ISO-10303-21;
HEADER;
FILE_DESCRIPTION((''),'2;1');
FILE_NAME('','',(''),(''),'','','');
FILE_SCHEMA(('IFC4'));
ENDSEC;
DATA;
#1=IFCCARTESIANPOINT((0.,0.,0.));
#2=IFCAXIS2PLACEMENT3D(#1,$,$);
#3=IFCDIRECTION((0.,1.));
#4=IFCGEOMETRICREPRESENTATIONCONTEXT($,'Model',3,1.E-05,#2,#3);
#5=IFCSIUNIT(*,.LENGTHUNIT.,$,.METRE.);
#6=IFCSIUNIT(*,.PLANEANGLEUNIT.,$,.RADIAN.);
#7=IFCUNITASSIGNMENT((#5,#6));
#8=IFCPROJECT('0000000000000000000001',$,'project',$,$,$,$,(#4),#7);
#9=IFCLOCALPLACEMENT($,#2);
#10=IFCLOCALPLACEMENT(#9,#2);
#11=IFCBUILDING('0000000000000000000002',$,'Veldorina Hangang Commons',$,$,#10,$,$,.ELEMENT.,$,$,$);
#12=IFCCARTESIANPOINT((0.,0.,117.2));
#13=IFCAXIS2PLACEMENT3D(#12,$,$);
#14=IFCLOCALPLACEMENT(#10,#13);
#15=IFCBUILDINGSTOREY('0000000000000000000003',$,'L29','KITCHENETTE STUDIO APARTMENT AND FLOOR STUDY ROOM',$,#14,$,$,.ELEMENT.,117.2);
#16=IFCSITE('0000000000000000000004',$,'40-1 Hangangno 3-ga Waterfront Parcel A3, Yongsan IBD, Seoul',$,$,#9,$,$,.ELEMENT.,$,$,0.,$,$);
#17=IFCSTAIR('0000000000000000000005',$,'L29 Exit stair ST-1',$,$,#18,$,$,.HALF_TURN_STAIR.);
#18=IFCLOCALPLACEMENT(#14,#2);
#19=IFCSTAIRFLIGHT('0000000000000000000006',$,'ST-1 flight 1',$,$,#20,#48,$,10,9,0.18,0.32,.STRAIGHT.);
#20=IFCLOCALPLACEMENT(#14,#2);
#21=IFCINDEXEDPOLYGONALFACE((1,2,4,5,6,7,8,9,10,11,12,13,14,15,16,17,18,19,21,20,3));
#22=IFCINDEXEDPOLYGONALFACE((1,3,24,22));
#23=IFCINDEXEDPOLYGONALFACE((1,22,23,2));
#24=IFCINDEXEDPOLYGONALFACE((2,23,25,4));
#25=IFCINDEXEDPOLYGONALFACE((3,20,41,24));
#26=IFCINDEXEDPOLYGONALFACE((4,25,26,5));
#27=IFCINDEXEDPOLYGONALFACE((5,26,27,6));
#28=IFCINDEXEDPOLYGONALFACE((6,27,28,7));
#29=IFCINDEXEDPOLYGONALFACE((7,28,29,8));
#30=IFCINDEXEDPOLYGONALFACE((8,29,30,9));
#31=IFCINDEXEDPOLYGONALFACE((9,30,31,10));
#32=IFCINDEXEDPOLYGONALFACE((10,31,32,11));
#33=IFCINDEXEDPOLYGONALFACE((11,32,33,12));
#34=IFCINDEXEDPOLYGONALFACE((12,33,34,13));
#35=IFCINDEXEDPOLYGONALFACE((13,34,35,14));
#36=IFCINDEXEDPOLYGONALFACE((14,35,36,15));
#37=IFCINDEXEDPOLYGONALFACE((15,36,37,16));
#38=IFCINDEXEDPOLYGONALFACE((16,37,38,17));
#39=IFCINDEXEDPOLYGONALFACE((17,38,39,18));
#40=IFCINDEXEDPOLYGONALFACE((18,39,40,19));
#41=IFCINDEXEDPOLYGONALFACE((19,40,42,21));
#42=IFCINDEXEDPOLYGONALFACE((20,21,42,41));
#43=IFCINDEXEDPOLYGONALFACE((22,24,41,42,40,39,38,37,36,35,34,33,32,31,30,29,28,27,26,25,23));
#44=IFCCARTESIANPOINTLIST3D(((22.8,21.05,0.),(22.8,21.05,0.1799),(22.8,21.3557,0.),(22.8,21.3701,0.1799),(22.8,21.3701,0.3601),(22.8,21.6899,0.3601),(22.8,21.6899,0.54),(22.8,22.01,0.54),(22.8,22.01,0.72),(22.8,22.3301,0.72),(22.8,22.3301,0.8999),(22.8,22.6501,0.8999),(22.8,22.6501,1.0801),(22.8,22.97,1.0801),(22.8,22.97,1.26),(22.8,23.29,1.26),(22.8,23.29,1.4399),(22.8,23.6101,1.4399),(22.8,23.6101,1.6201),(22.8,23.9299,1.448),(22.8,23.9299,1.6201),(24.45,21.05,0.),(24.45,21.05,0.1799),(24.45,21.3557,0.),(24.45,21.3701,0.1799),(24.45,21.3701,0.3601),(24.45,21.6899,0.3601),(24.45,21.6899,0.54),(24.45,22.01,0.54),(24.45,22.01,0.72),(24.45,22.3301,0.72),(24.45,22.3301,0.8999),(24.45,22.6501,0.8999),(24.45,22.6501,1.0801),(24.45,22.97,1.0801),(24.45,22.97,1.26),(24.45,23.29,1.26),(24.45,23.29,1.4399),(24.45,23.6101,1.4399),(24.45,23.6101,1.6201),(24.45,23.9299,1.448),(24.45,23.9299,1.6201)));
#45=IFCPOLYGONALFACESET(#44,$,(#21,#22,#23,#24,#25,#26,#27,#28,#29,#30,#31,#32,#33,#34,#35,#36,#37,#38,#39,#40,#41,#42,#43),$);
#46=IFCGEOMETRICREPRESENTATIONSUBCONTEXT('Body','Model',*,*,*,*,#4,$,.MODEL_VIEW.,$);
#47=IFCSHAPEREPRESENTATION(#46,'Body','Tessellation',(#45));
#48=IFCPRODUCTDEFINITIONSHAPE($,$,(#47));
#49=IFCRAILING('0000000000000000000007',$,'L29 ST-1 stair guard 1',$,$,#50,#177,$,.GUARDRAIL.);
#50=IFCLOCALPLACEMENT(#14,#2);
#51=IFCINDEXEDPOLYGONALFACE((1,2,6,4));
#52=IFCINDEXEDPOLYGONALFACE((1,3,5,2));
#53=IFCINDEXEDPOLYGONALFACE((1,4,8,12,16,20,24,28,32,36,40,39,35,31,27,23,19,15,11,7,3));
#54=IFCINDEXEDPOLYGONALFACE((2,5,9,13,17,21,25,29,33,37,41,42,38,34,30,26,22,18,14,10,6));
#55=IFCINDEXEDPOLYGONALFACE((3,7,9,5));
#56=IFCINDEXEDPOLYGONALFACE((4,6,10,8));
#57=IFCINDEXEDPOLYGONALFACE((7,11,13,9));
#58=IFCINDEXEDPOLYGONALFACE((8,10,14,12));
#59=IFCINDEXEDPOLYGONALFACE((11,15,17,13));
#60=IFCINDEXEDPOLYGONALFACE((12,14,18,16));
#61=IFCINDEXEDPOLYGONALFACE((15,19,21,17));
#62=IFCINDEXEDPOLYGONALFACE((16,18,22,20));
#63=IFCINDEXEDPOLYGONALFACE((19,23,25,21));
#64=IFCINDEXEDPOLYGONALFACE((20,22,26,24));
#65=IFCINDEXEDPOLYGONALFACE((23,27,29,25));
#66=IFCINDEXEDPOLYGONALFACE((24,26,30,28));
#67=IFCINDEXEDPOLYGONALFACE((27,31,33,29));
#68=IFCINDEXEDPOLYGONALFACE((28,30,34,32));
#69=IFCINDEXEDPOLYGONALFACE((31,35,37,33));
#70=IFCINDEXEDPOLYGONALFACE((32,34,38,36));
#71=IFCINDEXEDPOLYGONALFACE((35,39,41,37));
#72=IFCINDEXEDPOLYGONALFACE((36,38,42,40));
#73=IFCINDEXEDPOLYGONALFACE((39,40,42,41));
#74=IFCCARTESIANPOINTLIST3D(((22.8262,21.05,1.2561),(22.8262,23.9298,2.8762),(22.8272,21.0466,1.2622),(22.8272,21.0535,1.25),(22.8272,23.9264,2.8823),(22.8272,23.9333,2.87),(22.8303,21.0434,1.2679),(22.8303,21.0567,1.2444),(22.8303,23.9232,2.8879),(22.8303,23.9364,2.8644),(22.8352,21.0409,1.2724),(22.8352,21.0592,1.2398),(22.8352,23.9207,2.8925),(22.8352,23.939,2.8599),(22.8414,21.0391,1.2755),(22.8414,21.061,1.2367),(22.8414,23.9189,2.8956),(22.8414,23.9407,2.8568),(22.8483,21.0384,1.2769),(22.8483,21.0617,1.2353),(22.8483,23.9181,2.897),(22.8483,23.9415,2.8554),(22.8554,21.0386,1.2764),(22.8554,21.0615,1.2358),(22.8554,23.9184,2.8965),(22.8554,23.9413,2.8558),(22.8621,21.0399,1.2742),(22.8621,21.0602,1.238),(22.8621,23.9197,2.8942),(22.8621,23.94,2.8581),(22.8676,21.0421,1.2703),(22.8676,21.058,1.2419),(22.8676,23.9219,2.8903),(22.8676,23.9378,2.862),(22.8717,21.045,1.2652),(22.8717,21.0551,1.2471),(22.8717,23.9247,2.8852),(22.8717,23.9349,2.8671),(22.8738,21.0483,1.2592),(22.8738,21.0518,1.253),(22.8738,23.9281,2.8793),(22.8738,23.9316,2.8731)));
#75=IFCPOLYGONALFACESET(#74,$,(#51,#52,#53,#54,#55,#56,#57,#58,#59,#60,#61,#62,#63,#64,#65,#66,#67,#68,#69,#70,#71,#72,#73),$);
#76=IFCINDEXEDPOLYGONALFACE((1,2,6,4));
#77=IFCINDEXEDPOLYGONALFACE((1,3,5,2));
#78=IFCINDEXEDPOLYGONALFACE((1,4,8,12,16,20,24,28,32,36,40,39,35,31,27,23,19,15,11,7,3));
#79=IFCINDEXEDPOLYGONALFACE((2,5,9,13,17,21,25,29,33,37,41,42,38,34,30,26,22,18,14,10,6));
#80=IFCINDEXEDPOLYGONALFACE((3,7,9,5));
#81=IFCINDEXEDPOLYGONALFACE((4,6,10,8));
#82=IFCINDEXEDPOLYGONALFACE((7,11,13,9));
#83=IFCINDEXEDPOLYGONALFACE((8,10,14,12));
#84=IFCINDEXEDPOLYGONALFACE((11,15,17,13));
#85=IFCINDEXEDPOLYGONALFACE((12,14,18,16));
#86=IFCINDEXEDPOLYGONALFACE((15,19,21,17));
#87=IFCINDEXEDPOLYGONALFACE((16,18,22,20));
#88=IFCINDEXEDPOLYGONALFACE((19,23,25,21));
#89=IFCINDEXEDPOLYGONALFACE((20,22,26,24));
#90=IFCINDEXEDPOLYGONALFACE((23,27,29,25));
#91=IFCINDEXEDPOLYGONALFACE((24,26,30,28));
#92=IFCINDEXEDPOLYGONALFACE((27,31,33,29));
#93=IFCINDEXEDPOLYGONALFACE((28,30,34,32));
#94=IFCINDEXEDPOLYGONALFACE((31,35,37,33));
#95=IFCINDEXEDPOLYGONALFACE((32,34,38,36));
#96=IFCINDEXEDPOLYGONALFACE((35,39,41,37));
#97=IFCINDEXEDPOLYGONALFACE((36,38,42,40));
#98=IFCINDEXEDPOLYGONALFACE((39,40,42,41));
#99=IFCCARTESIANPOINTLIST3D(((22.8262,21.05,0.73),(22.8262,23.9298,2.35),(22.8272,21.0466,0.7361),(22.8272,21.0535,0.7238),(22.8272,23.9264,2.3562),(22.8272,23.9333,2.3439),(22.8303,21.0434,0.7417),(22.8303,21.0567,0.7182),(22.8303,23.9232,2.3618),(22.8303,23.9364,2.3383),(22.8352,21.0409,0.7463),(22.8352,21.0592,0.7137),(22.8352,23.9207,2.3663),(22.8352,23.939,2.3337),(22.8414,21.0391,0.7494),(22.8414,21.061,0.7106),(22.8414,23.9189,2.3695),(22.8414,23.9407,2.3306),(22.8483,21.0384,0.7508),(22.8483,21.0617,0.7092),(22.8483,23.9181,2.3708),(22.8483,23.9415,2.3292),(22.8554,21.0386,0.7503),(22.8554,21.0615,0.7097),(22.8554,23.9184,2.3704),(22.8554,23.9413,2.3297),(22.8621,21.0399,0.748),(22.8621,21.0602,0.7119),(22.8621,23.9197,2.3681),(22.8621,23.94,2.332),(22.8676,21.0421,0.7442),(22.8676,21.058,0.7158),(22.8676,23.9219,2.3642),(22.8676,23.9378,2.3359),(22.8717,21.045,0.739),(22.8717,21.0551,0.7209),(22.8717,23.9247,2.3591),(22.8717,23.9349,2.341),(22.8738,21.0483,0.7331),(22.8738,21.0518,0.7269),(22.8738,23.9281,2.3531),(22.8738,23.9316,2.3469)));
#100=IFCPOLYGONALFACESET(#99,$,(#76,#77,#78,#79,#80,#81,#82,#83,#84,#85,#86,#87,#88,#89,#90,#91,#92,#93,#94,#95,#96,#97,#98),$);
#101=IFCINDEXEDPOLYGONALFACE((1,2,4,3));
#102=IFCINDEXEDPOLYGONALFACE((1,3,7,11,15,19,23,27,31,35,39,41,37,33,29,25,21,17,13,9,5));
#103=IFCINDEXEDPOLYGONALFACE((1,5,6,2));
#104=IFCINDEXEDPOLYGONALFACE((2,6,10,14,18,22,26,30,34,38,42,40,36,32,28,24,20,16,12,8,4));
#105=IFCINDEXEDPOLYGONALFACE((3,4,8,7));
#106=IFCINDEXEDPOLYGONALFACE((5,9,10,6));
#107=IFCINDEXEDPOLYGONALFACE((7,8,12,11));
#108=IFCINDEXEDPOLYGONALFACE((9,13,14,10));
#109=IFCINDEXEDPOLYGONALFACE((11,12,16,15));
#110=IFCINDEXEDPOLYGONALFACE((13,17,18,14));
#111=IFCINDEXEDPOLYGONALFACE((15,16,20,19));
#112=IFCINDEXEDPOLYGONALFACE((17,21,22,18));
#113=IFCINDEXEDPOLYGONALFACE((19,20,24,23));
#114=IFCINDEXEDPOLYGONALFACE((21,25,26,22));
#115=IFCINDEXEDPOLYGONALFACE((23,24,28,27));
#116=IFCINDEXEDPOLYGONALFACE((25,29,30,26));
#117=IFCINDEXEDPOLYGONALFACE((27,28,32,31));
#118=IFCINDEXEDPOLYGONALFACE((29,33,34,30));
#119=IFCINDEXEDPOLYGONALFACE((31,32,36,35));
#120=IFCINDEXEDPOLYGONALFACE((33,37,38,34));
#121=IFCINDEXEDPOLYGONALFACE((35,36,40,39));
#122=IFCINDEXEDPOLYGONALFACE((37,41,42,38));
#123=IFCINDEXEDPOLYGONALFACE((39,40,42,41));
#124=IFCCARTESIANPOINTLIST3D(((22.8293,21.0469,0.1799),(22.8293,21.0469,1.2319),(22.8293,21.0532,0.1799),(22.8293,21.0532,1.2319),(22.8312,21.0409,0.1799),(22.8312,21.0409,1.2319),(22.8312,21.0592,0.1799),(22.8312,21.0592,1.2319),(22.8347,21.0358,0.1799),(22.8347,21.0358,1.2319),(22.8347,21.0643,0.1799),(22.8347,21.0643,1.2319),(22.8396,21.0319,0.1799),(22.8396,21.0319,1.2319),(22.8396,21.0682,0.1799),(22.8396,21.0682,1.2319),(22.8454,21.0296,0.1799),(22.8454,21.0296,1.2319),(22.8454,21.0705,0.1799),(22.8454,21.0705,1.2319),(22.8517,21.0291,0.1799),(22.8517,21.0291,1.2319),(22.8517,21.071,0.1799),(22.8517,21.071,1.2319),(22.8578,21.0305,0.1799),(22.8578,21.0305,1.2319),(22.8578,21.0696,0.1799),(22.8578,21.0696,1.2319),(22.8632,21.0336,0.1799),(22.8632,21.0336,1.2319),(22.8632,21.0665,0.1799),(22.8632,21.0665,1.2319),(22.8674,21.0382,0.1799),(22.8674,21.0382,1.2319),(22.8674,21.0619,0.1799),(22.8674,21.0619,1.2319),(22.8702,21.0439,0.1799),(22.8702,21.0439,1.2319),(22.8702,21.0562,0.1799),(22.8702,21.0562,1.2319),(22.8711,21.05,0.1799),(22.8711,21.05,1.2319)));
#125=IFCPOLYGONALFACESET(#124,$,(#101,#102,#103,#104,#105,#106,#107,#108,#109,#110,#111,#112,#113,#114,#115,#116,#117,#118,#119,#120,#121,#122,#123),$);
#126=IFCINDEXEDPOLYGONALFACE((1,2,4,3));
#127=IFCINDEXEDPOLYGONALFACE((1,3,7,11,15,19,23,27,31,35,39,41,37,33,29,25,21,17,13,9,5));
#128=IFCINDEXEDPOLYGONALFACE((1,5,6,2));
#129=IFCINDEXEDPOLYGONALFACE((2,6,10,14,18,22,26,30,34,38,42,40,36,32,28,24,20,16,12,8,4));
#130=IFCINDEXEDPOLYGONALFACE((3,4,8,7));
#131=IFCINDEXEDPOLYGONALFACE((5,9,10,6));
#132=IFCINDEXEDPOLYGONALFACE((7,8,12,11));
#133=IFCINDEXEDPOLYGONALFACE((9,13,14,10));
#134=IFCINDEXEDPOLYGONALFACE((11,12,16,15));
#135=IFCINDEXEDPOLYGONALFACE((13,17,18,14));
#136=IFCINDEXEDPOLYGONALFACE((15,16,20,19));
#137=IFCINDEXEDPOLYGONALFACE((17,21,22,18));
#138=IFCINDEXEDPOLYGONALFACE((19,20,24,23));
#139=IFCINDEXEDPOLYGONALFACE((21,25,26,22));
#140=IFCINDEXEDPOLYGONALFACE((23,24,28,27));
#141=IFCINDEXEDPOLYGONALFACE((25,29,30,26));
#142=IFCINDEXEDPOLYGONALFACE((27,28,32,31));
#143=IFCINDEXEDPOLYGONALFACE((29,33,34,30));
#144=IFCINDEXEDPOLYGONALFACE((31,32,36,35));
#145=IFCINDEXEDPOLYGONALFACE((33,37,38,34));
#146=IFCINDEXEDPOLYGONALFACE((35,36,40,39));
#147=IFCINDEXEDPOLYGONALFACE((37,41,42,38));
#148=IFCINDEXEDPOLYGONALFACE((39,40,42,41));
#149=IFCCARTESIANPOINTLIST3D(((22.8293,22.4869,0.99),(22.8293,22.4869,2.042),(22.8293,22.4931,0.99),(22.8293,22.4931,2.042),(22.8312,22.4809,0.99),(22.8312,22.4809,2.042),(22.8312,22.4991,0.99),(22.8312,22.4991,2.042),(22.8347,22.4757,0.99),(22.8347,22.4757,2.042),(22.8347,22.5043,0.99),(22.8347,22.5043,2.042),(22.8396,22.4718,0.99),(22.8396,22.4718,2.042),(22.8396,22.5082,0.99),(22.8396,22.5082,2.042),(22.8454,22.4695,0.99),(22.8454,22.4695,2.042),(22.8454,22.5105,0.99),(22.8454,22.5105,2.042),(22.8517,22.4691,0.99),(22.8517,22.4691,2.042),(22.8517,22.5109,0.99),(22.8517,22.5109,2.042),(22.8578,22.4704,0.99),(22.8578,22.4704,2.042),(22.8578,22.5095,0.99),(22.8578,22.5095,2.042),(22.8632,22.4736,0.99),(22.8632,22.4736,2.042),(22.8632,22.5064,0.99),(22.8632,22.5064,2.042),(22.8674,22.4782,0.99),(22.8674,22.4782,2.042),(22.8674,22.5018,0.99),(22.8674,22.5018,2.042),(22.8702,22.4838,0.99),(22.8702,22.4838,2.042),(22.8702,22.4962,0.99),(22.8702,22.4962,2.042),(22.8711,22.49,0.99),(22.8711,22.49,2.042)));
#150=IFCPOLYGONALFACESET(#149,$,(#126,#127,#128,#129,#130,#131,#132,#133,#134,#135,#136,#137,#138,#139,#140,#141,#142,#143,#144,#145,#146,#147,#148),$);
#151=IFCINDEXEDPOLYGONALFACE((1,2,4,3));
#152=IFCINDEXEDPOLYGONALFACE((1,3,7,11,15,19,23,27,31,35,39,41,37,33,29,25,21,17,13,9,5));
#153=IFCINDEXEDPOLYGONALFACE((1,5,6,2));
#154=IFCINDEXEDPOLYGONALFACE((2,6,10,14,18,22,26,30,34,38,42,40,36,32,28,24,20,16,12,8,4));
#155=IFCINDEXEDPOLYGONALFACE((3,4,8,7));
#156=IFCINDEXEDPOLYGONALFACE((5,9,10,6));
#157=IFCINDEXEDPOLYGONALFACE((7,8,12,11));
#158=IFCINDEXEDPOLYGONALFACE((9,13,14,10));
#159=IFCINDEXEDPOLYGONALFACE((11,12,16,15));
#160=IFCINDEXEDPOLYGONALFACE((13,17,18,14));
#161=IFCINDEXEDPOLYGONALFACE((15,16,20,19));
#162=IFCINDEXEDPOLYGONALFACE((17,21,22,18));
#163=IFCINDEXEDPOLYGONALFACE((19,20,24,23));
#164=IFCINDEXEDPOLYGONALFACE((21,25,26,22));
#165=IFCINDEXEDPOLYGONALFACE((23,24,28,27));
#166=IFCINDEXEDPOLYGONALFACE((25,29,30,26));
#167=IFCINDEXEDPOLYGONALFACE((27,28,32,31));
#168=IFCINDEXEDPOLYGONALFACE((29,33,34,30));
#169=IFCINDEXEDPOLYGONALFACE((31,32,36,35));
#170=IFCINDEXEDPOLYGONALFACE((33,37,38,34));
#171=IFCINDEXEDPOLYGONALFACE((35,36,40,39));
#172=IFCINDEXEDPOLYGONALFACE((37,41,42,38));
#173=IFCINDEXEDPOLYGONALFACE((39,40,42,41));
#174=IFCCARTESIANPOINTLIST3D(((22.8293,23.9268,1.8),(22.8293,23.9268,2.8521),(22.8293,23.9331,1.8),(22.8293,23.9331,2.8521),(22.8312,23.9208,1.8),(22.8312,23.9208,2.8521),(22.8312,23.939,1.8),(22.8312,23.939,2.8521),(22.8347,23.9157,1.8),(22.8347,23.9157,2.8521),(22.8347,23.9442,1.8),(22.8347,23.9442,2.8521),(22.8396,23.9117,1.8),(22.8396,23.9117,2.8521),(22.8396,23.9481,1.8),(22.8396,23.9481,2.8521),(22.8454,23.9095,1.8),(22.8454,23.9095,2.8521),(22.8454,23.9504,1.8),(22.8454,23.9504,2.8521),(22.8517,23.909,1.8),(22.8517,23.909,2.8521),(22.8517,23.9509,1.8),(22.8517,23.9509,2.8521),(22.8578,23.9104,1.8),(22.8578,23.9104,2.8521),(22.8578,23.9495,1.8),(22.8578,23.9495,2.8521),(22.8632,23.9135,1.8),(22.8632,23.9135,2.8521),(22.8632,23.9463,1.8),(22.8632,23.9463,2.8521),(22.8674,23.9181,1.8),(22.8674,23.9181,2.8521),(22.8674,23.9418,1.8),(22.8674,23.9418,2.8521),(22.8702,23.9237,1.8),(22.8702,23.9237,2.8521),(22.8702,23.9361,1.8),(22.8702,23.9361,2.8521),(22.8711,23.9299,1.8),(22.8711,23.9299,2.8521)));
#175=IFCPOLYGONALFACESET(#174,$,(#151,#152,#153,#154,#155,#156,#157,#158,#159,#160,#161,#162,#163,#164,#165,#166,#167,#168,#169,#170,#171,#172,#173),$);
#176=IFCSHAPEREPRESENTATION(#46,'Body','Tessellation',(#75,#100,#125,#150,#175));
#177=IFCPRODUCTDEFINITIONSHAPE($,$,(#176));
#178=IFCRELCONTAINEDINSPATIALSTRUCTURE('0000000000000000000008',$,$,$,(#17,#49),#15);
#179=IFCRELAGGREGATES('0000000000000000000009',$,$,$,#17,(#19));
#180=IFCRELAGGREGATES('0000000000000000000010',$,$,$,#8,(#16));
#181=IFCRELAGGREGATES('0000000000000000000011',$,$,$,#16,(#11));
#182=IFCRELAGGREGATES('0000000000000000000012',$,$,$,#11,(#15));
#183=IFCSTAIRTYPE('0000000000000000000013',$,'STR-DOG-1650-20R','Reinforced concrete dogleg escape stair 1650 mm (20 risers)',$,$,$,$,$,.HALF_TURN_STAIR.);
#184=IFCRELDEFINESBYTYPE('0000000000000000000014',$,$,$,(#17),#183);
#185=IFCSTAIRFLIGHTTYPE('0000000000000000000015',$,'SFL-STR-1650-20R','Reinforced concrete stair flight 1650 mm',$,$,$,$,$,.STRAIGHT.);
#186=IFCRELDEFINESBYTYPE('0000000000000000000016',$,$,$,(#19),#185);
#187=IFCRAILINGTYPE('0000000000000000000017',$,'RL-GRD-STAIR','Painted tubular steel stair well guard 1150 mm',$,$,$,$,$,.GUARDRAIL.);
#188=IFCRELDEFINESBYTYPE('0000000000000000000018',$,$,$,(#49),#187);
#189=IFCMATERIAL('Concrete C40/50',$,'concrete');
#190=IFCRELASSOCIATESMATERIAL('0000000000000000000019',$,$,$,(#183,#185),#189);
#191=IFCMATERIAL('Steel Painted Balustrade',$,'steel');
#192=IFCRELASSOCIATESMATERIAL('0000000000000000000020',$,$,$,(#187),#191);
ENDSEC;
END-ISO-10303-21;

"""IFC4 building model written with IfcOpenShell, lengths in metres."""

from ifc_helpers import new_model, si_unit, direction, frame, origin, origin_2d, place, context, subcontext, project, spatial, polyline, circle, outline, extrude, material, type_object, element, aggregate, save


model = new_model("IFC4")

# Units and contexts
model_context = context("Model", 3, precision=1e-05, world=origin(), true_north=direction((0.0, 1.0)))
body_context = subcontext(model_context, "Body", "Model", "MODEL_VIEW")
ifc_project = project(units=[si_unit("LENGTHUNIT", "METRE"), si_unit("PLANEANGLEUNIT", "RADIAN")], contexts=[model_context])

# Site, building, storey
site_placement = place(None, origin())
site = spatial("IfcSite", under=ifc_project, at=site_placement, Name="40-1 Hangangno 3-ga Waterfront Parcel A3, Yongsan IBD, Seoul", CompositionType="ELEMENT", RefElevation=0.0)
building_placement = place(site_placement, origin())
building = spatial("IfcBuilding", under=site, at=building_placement, Name="Veldorina Hangang Commons", CompositionType="ELEMENT")
storey_placement = place(building_placement, frame((0.0, 0.0, 117.2)))
storey = spatial("IfcBuildingStorey", under=building, at=storey_placement, Name="L29", Description="KITCHENETTE STUDIO APARTMENT AND FLOOR STUDY ROOM", CompositionType="ELEMENT", Elevation=117.2)

# Stair, stair flight
ifc_material_1 = material(Name="Concrete C40/50", Category="concrete")
stair_type = type_object("IfcStairType", Name="STR-DOG-1650-20R", Description="Reinforced concrete dogleg escape stair 1650 mm (20 risers)", PredefinedType="HALF_TURN_STAIR", material=ifc_material_1)
stair_placement = place(storey_placement, origin())
stair = element("IfcStair", 1, at=stair_placement, inside=storey, type_object=stair_type, Name="L29 Exit stair ST-1", PredefinedType="HALF_TURN_STAIR")
stair_flight_type = type_object("IfcStairFlightType", Name="SFL-STR-1650-20R", Description="Reinforced concrete stair flight 1650 mm", PredefinedType="STRAIGHT", material=ifc_material_1)
stair_flight_placement = place(storey_placement, frame((23.625, 21.05, 0.0), z_axis=(0.0, 0.0, 1.0), x_axis=(0.0, 1.0, 0.0)))
stair_flight = element("IfcStairFlight", 2, at=stair_flight_placement, type_object=stair_flight_type, Name="ST-1 flight 1", NumberOfRisers=10, NumberOfTreads=9, PredefinedType="STRAIGHT", RiserHeight=0.18, TreadLength=0.32, context=body_context, shape_type="SweptSolid", body=[
    extrude(outline(polyline([(0.0, 0.0), (0.0, 0.1799), (0.3201, 0.1799), (0.3201, 0.3601), (0.6399, 0.3601), (0.6399, 0.54), (0.96, 0.54), (0.96, 0.72), (1.28, 0.72), (1.28, 0.8999), (1.6001, 0.8999), (1.6001, 1.0801), (1.9199, 1.0801), (1.9199, 1.26), (2.24, 1.26), (2.24, 1.4399), (2.5601, 1.4399), (2.5601, 1.6201), (2.8799, 1.6201), (2.8799, 1.8), (2.8799, 1.448), (0.3057, 0.0), (0.0, 0.0)])), frame((0.0, 0.825, 0.0), z_axis=(0.0, -1.0, 0.0), x_axis=(1.0, 0.0, 0.0)), (0.0, 0.0, 1.0), 1.6499),
])
aggregate(stair, [stair_flight])

# Railing
ifc_material_2 = material(Name="Steel Painted Balustrade", Category="steel")
railing_type_1 = type_object("IfcRailingType", Name="RL-GRD-STAIR", Description="Painted tubular steel stair well guard 1150 mm", PredefinedType="GUARDRAIL", material=ifc_material_2)
railing_1_placement = place(storey_placement, frame((22.8501, 21.05, 0.1799)))
element("IfcRailing", 3, at=railing_1_placement, inside=storey, type_object=railing_type_1, Name="L29 ST-1 stair guard 1", PredefinedType="GUARDRAIL", context=body_context, shape_type="SweptSolid", body=[
    extrude(circle(Radius=0.0239, at=origin_2d()), frame((0.0, 0.0, 1.0762), z_axis=(0.0, 0.871552, 0.490303), x_axis=(-1.0, 0.0, 0.0)), (0.0, 0.0, 1.0), 3.3042),
    extrude(circle(Radius=0.0239, at=origin_2d()), frame((0.0, 0.0, 0.55), z_axis=(0.0, 0.871552, 0.490303), x_axis=(-1.0, 0.0, 0.0)), (0.0, 0.0, 1.0), 3.3042),
    extrude(circle(Radius=0.021, at=origin_2d()), origin(), (0.0, 0.0, 1.0), 1.052),
    extrude(circle(Radius=0.021, at=origin_2d()), frame((0.0, 1.4399, 0.8101)), (0.0, 0.0, 1.0), 1.052),
    extrude(circle(Radius=0.021, at=origin_2d()), frame((0.0, 2.8799, 1.6201)), (0.0, 0.0, 1.0), 1.052),
])

save(model, "model.ifc")
